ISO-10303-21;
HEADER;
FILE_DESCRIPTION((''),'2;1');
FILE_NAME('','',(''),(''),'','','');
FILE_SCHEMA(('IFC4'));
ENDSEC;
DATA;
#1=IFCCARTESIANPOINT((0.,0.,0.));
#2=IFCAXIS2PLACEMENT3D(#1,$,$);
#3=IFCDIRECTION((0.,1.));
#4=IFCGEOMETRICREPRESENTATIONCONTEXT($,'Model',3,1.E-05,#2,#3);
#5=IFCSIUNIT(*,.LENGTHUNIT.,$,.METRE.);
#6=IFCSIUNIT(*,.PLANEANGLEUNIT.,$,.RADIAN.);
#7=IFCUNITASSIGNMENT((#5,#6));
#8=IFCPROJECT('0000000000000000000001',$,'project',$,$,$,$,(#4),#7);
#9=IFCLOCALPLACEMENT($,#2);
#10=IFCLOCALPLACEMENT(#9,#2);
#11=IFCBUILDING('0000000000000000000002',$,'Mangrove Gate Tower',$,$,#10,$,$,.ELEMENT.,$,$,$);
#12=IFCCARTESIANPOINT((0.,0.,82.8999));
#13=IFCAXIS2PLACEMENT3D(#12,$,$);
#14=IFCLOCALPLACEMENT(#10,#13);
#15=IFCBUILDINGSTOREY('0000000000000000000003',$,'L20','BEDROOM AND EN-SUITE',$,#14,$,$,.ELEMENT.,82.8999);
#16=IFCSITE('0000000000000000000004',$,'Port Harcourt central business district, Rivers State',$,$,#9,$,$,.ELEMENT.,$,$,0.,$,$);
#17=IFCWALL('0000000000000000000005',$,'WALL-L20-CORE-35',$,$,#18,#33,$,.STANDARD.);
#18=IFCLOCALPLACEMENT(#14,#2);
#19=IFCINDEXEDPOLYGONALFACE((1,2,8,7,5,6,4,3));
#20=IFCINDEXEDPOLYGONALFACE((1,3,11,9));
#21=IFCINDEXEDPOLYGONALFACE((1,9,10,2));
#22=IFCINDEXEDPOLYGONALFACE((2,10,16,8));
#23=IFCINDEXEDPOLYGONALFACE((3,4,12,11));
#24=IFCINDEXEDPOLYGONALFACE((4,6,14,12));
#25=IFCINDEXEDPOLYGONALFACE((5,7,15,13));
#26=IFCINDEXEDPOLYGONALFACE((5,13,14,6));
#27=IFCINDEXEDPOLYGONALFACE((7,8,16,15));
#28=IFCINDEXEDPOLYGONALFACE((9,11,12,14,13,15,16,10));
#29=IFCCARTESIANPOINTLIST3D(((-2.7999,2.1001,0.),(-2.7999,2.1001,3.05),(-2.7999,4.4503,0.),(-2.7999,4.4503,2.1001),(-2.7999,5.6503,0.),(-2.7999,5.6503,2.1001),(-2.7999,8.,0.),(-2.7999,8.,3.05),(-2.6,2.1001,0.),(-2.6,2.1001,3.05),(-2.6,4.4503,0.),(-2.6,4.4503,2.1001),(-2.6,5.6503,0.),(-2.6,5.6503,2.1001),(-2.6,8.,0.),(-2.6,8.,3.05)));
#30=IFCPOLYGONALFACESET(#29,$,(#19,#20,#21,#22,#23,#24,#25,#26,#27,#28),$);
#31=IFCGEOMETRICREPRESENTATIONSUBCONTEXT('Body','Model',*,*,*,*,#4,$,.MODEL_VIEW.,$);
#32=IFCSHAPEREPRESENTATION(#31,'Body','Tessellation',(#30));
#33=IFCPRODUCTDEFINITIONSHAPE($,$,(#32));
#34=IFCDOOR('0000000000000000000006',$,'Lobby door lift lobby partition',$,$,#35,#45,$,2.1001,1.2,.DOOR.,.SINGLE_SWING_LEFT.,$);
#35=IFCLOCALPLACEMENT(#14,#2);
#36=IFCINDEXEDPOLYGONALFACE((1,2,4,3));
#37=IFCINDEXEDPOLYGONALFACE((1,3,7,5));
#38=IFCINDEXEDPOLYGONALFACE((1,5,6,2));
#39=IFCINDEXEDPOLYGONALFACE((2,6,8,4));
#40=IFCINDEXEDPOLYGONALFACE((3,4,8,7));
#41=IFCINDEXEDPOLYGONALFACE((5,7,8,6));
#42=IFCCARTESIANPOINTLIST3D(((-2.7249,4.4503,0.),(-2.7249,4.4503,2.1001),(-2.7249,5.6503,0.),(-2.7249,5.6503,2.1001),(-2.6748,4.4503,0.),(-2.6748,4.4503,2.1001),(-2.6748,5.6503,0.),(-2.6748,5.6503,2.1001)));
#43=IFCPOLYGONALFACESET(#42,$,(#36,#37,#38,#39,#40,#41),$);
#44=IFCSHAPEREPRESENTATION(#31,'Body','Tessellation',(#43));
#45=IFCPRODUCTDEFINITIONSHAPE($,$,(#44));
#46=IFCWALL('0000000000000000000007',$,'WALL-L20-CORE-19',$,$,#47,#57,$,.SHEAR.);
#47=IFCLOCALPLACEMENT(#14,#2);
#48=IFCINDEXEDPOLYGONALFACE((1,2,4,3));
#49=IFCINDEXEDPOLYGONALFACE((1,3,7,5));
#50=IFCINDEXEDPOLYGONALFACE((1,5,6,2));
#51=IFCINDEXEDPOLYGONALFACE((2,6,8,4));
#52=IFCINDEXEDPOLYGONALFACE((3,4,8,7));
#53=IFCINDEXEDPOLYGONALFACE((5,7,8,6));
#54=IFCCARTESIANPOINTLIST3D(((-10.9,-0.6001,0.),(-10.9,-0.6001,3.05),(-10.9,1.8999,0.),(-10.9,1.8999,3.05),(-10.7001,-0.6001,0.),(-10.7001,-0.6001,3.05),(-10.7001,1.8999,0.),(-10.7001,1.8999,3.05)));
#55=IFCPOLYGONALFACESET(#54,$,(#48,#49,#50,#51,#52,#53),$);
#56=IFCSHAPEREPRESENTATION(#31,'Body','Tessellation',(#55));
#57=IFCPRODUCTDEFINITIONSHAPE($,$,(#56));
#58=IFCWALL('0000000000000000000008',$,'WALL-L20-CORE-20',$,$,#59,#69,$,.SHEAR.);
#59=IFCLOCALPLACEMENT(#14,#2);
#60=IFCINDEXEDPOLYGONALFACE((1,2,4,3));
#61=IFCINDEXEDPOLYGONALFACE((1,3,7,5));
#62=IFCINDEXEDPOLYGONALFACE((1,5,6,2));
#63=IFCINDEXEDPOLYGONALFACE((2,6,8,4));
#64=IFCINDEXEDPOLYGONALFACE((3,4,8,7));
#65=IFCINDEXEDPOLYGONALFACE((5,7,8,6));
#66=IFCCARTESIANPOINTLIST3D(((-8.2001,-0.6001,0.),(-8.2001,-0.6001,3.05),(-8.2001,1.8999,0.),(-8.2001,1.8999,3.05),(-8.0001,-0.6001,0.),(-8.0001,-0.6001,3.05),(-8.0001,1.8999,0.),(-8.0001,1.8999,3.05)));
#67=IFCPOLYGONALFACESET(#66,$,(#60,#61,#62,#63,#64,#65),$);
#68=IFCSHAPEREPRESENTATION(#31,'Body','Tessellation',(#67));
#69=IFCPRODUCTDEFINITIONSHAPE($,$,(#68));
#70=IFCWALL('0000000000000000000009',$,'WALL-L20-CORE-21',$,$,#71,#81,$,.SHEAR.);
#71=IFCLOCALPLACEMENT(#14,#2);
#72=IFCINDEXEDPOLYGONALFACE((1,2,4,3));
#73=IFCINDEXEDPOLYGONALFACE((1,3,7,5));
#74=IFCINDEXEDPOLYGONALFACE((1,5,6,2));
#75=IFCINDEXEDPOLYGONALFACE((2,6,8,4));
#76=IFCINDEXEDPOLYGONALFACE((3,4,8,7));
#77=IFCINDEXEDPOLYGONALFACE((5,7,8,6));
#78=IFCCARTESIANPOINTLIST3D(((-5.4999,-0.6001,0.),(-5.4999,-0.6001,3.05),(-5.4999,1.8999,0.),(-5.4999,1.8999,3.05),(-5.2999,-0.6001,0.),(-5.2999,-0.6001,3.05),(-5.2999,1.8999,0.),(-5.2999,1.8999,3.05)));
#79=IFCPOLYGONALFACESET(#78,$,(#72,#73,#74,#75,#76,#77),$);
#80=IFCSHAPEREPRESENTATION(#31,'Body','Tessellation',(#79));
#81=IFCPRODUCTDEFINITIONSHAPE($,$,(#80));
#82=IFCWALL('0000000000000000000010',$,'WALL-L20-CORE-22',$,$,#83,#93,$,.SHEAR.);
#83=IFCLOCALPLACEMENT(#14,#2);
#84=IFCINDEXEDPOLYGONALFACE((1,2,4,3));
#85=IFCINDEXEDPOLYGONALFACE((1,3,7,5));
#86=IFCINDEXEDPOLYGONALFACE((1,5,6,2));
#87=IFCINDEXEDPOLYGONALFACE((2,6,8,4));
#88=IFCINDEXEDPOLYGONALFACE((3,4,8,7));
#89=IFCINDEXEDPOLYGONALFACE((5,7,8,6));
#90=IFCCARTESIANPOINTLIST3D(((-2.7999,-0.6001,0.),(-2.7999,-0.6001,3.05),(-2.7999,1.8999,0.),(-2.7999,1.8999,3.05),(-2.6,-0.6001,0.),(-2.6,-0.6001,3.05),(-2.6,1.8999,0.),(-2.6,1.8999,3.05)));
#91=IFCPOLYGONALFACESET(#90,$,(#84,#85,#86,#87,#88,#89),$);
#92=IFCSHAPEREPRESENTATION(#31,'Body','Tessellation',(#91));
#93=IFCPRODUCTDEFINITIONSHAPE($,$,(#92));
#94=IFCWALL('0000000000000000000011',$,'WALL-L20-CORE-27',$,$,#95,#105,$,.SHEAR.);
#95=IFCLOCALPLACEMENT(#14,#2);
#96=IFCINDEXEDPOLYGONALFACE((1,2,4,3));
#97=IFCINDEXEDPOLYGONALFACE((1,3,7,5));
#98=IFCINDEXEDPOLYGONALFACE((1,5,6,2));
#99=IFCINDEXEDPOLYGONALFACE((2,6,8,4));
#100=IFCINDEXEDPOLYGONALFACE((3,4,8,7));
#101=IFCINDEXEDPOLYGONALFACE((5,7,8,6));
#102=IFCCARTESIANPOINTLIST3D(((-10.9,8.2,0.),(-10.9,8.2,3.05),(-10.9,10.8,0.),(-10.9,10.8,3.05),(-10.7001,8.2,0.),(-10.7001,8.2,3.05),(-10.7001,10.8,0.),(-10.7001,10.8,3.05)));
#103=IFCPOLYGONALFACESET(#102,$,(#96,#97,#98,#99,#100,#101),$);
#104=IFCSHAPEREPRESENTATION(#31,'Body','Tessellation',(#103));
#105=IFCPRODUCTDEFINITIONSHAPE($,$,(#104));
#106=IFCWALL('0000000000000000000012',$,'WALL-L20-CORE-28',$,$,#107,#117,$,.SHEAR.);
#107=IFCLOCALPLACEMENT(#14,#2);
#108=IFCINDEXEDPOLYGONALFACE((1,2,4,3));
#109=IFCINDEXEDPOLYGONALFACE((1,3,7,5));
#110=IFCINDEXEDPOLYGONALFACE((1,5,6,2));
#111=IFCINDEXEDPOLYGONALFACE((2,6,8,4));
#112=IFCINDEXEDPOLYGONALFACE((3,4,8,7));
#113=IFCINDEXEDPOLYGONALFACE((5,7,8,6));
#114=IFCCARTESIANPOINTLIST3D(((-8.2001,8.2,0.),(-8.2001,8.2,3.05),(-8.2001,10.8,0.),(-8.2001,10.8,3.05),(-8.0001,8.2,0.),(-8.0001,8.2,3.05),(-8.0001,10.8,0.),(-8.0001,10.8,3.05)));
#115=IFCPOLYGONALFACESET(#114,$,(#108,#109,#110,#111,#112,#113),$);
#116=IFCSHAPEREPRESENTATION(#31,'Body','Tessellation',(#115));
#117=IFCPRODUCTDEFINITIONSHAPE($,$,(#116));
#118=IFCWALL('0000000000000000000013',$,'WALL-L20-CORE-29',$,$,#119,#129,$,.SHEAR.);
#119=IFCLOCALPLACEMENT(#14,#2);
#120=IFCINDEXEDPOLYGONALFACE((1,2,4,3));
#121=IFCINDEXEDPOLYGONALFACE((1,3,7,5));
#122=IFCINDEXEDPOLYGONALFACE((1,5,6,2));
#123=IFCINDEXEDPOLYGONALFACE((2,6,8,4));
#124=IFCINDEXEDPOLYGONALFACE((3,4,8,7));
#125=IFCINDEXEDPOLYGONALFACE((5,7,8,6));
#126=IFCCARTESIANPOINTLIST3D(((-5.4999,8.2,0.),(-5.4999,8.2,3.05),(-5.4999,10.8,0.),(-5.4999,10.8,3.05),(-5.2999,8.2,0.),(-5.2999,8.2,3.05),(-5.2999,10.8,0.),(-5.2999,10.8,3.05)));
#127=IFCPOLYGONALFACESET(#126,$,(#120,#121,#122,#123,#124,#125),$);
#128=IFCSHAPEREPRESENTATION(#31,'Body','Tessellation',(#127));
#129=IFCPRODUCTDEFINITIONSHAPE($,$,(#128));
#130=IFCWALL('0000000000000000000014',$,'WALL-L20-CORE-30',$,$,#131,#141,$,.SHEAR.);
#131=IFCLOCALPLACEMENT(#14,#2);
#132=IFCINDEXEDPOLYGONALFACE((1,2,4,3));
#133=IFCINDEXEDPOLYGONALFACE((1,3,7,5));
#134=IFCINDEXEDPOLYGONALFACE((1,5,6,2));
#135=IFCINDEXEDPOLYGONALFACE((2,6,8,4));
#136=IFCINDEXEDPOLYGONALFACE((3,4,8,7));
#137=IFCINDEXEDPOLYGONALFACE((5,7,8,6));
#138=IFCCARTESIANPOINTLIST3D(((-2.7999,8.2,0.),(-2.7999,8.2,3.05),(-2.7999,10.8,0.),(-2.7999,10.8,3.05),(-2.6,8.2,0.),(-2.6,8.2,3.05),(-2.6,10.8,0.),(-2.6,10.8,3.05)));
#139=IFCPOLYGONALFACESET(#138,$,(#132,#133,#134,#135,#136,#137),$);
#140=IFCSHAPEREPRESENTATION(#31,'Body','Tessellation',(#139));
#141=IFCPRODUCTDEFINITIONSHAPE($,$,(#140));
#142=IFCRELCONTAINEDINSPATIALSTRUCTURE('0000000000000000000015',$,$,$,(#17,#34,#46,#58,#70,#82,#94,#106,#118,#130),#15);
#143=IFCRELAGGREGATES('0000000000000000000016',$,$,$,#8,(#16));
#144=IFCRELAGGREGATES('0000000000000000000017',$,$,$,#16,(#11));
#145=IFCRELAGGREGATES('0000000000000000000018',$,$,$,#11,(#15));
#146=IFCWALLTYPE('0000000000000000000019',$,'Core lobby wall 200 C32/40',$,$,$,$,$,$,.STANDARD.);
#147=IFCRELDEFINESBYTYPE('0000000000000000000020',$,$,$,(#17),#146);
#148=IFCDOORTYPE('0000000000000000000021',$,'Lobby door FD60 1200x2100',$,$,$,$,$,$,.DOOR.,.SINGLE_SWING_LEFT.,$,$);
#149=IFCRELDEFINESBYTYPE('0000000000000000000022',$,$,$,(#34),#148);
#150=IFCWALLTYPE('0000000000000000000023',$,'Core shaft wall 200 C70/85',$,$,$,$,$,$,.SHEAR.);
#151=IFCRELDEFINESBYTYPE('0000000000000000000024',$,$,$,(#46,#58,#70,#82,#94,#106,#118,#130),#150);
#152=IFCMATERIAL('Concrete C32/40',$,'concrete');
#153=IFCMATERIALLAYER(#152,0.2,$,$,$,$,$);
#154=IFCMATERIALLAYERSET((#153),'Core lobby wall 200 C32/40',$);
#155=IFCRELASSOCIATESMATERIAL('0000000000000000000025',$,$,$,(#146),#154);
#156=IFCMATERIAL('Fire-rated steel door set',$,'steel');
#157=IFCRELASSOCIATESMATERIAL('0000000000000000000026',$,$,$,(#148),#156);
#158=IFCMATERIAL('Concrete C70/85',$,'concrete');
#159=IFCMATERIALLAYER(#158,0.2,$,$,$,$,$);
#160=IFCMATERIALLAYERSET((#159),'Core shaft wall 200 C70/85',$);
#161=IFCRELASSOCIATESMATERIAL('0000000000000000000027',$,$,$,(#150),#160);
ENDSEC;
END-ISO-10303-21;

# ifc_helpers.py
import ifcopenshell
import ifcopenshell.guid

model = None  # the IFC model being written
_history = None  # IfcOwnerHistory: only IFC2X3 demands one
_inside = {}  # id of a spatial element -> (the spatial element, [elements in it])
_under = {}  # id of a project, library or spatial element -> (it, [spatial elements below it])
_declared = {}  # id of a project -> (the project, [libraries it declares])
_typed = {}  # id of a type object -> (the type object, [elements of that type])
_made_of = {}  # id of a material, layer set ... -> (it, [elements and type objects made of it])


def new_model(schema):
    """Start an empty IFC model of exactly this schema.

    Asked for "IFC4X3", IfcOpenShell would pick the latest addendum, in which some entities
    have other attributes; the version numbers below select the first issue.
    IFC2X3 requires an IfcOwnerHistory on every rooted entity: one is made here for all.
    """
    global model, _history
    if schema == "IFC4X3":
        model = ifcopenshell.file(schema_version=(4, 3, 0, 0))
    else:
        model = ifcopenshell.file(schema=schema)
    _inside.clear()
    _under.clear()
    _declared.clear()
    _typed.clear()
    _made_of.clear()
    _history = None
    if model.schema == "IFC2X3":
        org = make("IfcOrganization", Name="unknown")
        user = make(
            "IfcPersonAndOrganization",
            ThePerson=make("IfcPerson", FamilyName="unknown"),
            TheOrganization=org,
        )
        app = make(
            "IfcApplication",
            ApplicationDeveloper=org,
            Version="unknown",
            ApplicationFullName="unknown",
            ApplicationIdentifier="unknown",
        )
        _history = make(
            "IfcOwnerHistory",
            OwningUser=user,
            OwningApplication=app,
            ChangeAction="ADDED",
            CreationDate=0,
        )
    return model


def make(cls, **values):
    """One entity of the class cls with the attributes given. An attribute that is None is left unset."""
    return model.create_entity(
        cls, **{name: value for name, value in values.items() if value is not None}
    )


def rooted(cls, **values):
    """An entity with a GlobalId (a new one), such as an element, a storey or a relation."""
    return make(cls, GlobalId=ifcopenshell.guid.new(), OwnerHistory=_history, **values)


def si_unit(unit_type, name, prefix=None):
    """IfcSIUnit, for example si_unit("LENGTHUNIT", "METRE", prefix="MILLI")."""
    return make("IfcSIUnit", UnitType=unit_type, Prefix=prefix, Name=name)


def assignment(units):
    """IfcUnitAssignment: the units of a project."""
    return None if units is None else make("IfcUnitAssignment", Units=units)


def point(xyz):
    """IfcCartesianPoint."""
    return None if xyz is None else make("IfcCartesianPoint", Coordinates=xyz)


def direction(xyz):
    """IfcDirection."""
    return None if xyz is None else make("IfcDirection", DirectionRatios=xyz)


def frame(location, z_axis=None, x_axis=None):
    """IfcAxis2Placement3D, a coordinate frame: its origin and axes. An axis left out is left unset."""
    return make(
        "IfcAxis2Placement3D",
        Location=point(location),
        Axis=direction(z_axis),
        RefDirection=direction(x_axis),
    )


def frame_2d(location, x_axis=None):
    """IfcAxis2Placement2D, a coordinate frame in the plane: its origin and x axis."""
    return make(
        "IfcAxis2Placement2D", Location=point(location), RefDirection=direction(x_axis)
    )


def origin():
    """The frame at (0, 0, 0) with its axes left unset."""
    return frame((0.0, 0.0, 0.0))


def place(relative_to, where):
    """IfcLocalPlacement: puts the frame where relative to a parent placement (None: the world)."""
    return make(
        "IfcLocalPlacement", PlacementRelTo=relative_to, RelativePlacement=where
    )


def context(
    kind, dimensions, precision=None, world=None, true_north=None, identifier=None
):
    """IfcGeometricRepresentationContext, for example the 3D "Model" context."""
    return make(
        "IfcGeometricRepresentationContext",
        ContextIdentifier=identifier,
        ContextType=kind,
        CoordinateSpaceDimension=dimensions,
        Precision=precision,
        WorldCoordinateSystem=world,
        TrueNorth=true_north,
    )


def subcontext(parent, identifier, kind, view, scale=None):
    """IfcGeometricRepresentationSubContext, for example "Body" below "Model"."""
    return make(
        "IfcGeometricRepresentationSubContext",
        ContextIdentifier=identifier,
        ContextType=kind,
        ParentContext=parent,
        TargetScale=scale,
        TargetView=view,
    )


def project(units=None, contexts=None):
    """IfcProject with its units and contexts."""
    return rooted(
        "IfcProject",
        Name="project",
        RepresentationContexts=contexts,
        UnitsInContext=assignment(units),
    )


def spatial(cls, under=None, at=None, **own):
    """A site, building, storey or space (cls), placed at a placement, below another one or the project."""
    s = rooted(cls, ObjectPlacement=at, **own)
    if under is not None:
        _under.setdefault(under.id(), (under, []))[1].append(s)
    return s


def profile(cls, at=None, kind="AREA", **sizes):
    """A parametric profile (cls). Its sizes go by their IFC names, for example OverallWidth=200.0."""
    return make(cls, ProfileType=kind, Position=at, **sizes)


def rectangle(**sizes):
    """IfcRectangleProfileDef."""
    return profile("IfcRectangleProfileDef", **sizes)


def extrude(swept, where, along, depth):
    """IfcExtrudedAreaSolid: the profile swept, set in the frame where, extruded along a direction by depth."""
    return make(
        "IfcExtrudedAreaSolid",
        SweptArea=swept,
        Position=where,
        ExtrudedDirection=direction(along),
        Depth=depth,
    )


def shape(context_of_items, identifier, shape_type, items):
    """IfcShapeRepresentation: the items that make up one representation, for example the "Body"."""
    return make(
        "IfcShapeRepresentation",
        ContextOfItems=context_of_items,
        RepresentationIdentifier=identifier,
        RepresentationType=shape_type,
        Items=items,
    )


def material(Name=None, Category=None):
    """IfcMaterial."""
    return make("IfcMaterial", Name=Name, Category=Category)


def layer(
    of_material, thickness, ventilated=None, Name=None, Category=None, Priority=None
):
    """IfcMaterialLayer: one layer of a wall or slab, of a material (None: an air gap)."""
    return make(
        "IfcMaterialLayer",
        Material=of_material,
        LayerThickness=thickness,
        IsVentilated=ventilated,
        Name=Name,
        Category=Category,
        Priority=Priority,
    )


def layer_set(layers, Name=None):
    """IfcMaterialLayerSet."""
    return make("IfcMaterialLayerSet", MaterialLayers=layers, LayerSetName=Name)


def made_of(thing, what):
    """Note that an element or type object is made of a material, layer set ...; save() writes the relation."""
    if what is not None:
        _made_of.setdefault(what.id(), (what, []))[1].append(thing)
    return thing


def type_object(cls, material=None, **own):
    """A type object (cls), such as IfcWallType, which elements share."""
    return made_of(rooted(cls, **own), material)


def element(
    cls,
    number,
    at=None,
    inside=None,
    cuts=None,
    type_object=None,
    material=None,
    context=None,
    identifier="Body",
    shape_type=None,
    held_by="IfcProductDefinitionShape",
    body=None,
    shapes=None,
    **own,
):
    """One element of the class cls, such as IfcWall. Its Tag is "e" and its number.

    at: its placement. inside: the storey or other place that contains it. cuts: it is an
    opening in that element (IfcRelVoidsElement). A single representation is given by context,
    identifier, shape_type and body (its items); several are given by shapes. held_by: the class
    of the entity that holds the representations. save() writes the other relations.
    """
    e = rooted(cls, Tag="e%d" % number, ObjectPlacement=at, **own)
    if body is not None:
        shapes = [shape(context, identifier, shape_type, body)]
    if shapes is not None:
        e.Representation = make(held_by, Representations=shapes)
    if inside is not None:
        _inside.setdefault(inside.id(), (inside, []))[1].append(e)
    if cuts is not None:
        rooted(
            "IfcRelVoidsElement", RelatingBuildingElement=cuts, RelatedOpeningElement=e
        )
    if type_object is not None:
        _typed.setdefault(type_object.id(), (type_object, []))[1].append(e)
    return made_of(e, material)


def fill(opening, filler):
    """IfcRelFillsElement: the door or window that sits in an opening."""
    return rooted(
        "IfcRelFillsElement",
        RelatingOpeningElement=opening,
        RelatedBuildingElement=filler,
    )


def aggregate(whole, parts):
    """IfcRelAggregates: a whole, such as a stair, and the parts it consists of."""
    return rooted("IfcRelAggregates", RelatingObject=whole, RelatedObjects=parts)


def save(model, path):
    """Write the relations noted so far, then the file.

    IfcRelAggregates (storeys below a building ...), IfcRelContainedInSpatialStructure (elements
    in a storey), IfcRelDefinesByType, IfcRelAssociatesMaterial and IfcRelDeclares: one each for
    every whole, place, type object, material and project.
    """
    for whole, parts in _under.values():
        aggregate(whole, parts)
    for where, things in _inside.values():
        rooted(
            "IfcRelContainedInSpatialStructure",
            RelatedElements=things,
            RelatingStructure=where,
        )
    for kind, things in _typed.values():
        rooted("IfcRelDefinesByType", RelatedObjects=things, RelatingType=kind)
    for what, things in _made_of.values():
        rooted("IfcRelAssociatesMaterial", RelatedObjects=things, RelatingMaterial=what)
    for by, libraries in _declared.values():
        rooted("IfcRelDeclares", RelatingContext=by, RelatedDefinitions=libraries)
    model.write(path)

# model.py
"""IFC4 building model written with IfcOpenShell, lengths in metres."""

from ifc_helpers import new_model, si_unit, direction, frame, frame_2d, origin, place, context, subcontext, project, spatial, rectangle, extrude, material, layer, layer_set, type_object, element, fill, save


model = new_model("IFC4")

# Units and contexts
model_context = context("Model", 3, precision=1e-05, world=origin(), true_north=direction((0.0, 1.0)))
body_context = subcontext(model_context, "Body", "Model", "MODEL_VIEW")
ifc_project = project(units=[si_unit("LENGTHUNIT", "METRE"), si_unit("PLANEANGLEUNIT", "RADIAN")], contexts=[model_context])

# Site, building, storey
site_placement = place(None, origin())
site = spatial("IfcSite", under=ifc_project, at=site_placement, Name="Port Harcourt central business district, Rivers State", CompositionType="ELEMENT", RefElevation=0.0)
building_placement = place(site_placement, origin())
building = spatial("IfcBuilding", under=site, at=building_placement, Name="Mangrove Gate Tower", CompositionType="ELEMENT")
storey_placement = place(building_placement, frame((0.0, 0.0, 82.8999)))
storey = spatial("IfcBuildingStorey", under=building, at=storey_placement, Name="L20", Description="BEDROOM AND EN-SUITE", CompositionType="ELEMENT", Elevation=82.8999)

# Wall, opening, door
ifc_material_1 = material(Name="Concrete C32/40", Category="concrete")
ifc_layer_1 = layer(ifc_material_1, 0.2)
ifc_layer_set_1 = layer_set([ifc_layer_1], Name="Core lobby wall 200 C32/40")
wall_type_1 = type_object("IfcWallType", Name="Core lobby wall 200 C32/40", PredefinedType="STANDARD", material=ifc_layer_set_1)
wall_placement = place(storey_placement, frame((-2.7, 2.1001, 0.0), z_axis=(0.0, 0.0, 1.0), x_axis=(0.0, 1.0, 0.0)))
wall = element("IfcWall", 1, at=wall_placement, inside=storey, type_object=wall_type_1, Name="WALL-L20-CORE-35", PredefinedType="STANDARD", context=body_context, shape_type="SweptSolid", body=[
    extrude(rectangle(XDim=5.8999, YDim=0.2, at=frame_2d((2.95, 0.0))), origin(), (0.0, 0.0, 1.0), 3.05),
])
opening_placement = place(wall_placement, frame((2.3501, 0.0, 0.0)))
opening = element("IfcOpeningElement", 2, at=opening_placement, cuts=wall, PredefinedType="OPENING", context=body_context, shape_type="SweptSolid", body=[
    extrude(rectangle(XDim=1.2, YDim=2.1001, at=frame_2d((0.6001, 1.05))), frame((0.0, 0.1099, 0.0), z_axis=(0.0, -1.0, 0.0), x_axis=(1.0, 0.0, 0.0)), (0.0, 0.0, 1.0), 0.22),
])
ifc_material_2 = material(Name="Fire-rated steel door set", Category="steel")
door_type = type_object("IfcDoorType", Name="Lobby door FD60 1200x2100", OperationType="SINGLE_SWING_LEFT", PredefinedType="DOOR", material=ifc_material_2)
door_placement = place(opening_placement, origin())
door = element("IfcDoor", 3, at=door_placement, inside=storey, type_object=door_type, Name="Lobby door lift lobby partition", OperationType="SINGLE_SWING_LEFT", OverallHeight=2.1001, OverallWidth=1.2, PredefinedType="DOOR", context=body_context, shape_type="SweptSolid", body=[
    extrude(rectangle(XDim=1.2, YDim=2.1001, at=frame_2d((0.6001, 1.05))), frame((0.0, 0.0249, 0.0), z_axis=(0.0, -1.0, 0.0), x_axis=(1.0, 0.0, 0.0)), (0.0, 0.0, 1.0), 0.05),
])
fill(opening, door)

# Walls
ifc_material_3 = material(Name="Concrete C70/85", Category="concrete")
ifc_layer_2 = layer(ifc_material_3, 0.2)
ifc_layer_set_2 = layer_set([ifc_layer_2], Name="Core shaft wall 200 C70/85")
wall_type_2 = type_object("IfcWallType", Name="Core shaft wall 200 C70/85", PredefinedType="SHEAR", material=ifc_layer_set_2)
for number, where, z_axis, x_axis, name in (
    (4, (-10.8, -0.6001, 0.0), (0.0, 0.0, 1.0), (0.0, 1.0, 0.0), "WALL-L20-CORE-19"),
    (5, (-8.1001, -0.6001, 0.0), (0.0, 0.0, 1.0), (0.0, 1.0, 0.0), "WALL-L20-CORE-20"),
    (6, (-5.3999, -0.6001, 0.0), (0.0, 0.0, 1.0), (0.0, 1.0, 0.0), "WALL-L20-CORE-21"),
    (7, (-2.7, -0.6001, 0.0), (0.0, 0.0, 1.0), (0.0, 1.0, 0.0), "WALL-L20-CORE-22"),
):
    element("IfcWall", number, at=place(storey_placement, frame(where, z_axis=z_axis, x_axis=x_axis)), inside=storey, type_object=wall_type_2, Name=name, PredefinedType="SHEAR", context=body_context, shape_type="SweptSolid", body=[
        extrude(rectangle(XDim=2.5, YDim=0.2, at=frame_2d((1.25, 0.0))), origin(), (0.0, 0.0, 1.0), 3.05),
    ])
for number, where, z_axis, x_axis, name in (
    (8, (-10.8, 8.2, 0.0), (0.0, 0.0, 1.0), (0.0, 1.0, 0.0), "WALL-L20-CORE-27"),
    (9, (-8.1001, 8.2, 0.0), (0.0, 0.0, 1.0), (0.0, 1.0, 0.0), "WALL-L20-CORE-28"),
    (10, (-5.3999, 8.2, 0.0), (0.0, 0.0, 1.0), (0.0, 1.0, 0.0), "WALL-L20-CORE-29"),
    (11, (-2.7, 8.2, 0.0), (0.0, 0.0, 1.0), (0.0, 1.0, 0.0), "WALL-L20-CORE-30"),
):
    element("IfcWall", number, at=place(storey_placement, frame(where, z_axis=z_axis, x_axis=x_axis)), inside=storey, type_object=wall_type_2, Name=name, PredefinedType="SHEAR", context=body_context, shape_type="SweptSolid", body=[
        extrude(rectangle(XDim=2.6001, YDim=0.2, at=frame_2d((1.3, 0.0))), origin(), (0.0, 0.0, 1.0), 3.05),
    ])

save(model, "model.ifc")
